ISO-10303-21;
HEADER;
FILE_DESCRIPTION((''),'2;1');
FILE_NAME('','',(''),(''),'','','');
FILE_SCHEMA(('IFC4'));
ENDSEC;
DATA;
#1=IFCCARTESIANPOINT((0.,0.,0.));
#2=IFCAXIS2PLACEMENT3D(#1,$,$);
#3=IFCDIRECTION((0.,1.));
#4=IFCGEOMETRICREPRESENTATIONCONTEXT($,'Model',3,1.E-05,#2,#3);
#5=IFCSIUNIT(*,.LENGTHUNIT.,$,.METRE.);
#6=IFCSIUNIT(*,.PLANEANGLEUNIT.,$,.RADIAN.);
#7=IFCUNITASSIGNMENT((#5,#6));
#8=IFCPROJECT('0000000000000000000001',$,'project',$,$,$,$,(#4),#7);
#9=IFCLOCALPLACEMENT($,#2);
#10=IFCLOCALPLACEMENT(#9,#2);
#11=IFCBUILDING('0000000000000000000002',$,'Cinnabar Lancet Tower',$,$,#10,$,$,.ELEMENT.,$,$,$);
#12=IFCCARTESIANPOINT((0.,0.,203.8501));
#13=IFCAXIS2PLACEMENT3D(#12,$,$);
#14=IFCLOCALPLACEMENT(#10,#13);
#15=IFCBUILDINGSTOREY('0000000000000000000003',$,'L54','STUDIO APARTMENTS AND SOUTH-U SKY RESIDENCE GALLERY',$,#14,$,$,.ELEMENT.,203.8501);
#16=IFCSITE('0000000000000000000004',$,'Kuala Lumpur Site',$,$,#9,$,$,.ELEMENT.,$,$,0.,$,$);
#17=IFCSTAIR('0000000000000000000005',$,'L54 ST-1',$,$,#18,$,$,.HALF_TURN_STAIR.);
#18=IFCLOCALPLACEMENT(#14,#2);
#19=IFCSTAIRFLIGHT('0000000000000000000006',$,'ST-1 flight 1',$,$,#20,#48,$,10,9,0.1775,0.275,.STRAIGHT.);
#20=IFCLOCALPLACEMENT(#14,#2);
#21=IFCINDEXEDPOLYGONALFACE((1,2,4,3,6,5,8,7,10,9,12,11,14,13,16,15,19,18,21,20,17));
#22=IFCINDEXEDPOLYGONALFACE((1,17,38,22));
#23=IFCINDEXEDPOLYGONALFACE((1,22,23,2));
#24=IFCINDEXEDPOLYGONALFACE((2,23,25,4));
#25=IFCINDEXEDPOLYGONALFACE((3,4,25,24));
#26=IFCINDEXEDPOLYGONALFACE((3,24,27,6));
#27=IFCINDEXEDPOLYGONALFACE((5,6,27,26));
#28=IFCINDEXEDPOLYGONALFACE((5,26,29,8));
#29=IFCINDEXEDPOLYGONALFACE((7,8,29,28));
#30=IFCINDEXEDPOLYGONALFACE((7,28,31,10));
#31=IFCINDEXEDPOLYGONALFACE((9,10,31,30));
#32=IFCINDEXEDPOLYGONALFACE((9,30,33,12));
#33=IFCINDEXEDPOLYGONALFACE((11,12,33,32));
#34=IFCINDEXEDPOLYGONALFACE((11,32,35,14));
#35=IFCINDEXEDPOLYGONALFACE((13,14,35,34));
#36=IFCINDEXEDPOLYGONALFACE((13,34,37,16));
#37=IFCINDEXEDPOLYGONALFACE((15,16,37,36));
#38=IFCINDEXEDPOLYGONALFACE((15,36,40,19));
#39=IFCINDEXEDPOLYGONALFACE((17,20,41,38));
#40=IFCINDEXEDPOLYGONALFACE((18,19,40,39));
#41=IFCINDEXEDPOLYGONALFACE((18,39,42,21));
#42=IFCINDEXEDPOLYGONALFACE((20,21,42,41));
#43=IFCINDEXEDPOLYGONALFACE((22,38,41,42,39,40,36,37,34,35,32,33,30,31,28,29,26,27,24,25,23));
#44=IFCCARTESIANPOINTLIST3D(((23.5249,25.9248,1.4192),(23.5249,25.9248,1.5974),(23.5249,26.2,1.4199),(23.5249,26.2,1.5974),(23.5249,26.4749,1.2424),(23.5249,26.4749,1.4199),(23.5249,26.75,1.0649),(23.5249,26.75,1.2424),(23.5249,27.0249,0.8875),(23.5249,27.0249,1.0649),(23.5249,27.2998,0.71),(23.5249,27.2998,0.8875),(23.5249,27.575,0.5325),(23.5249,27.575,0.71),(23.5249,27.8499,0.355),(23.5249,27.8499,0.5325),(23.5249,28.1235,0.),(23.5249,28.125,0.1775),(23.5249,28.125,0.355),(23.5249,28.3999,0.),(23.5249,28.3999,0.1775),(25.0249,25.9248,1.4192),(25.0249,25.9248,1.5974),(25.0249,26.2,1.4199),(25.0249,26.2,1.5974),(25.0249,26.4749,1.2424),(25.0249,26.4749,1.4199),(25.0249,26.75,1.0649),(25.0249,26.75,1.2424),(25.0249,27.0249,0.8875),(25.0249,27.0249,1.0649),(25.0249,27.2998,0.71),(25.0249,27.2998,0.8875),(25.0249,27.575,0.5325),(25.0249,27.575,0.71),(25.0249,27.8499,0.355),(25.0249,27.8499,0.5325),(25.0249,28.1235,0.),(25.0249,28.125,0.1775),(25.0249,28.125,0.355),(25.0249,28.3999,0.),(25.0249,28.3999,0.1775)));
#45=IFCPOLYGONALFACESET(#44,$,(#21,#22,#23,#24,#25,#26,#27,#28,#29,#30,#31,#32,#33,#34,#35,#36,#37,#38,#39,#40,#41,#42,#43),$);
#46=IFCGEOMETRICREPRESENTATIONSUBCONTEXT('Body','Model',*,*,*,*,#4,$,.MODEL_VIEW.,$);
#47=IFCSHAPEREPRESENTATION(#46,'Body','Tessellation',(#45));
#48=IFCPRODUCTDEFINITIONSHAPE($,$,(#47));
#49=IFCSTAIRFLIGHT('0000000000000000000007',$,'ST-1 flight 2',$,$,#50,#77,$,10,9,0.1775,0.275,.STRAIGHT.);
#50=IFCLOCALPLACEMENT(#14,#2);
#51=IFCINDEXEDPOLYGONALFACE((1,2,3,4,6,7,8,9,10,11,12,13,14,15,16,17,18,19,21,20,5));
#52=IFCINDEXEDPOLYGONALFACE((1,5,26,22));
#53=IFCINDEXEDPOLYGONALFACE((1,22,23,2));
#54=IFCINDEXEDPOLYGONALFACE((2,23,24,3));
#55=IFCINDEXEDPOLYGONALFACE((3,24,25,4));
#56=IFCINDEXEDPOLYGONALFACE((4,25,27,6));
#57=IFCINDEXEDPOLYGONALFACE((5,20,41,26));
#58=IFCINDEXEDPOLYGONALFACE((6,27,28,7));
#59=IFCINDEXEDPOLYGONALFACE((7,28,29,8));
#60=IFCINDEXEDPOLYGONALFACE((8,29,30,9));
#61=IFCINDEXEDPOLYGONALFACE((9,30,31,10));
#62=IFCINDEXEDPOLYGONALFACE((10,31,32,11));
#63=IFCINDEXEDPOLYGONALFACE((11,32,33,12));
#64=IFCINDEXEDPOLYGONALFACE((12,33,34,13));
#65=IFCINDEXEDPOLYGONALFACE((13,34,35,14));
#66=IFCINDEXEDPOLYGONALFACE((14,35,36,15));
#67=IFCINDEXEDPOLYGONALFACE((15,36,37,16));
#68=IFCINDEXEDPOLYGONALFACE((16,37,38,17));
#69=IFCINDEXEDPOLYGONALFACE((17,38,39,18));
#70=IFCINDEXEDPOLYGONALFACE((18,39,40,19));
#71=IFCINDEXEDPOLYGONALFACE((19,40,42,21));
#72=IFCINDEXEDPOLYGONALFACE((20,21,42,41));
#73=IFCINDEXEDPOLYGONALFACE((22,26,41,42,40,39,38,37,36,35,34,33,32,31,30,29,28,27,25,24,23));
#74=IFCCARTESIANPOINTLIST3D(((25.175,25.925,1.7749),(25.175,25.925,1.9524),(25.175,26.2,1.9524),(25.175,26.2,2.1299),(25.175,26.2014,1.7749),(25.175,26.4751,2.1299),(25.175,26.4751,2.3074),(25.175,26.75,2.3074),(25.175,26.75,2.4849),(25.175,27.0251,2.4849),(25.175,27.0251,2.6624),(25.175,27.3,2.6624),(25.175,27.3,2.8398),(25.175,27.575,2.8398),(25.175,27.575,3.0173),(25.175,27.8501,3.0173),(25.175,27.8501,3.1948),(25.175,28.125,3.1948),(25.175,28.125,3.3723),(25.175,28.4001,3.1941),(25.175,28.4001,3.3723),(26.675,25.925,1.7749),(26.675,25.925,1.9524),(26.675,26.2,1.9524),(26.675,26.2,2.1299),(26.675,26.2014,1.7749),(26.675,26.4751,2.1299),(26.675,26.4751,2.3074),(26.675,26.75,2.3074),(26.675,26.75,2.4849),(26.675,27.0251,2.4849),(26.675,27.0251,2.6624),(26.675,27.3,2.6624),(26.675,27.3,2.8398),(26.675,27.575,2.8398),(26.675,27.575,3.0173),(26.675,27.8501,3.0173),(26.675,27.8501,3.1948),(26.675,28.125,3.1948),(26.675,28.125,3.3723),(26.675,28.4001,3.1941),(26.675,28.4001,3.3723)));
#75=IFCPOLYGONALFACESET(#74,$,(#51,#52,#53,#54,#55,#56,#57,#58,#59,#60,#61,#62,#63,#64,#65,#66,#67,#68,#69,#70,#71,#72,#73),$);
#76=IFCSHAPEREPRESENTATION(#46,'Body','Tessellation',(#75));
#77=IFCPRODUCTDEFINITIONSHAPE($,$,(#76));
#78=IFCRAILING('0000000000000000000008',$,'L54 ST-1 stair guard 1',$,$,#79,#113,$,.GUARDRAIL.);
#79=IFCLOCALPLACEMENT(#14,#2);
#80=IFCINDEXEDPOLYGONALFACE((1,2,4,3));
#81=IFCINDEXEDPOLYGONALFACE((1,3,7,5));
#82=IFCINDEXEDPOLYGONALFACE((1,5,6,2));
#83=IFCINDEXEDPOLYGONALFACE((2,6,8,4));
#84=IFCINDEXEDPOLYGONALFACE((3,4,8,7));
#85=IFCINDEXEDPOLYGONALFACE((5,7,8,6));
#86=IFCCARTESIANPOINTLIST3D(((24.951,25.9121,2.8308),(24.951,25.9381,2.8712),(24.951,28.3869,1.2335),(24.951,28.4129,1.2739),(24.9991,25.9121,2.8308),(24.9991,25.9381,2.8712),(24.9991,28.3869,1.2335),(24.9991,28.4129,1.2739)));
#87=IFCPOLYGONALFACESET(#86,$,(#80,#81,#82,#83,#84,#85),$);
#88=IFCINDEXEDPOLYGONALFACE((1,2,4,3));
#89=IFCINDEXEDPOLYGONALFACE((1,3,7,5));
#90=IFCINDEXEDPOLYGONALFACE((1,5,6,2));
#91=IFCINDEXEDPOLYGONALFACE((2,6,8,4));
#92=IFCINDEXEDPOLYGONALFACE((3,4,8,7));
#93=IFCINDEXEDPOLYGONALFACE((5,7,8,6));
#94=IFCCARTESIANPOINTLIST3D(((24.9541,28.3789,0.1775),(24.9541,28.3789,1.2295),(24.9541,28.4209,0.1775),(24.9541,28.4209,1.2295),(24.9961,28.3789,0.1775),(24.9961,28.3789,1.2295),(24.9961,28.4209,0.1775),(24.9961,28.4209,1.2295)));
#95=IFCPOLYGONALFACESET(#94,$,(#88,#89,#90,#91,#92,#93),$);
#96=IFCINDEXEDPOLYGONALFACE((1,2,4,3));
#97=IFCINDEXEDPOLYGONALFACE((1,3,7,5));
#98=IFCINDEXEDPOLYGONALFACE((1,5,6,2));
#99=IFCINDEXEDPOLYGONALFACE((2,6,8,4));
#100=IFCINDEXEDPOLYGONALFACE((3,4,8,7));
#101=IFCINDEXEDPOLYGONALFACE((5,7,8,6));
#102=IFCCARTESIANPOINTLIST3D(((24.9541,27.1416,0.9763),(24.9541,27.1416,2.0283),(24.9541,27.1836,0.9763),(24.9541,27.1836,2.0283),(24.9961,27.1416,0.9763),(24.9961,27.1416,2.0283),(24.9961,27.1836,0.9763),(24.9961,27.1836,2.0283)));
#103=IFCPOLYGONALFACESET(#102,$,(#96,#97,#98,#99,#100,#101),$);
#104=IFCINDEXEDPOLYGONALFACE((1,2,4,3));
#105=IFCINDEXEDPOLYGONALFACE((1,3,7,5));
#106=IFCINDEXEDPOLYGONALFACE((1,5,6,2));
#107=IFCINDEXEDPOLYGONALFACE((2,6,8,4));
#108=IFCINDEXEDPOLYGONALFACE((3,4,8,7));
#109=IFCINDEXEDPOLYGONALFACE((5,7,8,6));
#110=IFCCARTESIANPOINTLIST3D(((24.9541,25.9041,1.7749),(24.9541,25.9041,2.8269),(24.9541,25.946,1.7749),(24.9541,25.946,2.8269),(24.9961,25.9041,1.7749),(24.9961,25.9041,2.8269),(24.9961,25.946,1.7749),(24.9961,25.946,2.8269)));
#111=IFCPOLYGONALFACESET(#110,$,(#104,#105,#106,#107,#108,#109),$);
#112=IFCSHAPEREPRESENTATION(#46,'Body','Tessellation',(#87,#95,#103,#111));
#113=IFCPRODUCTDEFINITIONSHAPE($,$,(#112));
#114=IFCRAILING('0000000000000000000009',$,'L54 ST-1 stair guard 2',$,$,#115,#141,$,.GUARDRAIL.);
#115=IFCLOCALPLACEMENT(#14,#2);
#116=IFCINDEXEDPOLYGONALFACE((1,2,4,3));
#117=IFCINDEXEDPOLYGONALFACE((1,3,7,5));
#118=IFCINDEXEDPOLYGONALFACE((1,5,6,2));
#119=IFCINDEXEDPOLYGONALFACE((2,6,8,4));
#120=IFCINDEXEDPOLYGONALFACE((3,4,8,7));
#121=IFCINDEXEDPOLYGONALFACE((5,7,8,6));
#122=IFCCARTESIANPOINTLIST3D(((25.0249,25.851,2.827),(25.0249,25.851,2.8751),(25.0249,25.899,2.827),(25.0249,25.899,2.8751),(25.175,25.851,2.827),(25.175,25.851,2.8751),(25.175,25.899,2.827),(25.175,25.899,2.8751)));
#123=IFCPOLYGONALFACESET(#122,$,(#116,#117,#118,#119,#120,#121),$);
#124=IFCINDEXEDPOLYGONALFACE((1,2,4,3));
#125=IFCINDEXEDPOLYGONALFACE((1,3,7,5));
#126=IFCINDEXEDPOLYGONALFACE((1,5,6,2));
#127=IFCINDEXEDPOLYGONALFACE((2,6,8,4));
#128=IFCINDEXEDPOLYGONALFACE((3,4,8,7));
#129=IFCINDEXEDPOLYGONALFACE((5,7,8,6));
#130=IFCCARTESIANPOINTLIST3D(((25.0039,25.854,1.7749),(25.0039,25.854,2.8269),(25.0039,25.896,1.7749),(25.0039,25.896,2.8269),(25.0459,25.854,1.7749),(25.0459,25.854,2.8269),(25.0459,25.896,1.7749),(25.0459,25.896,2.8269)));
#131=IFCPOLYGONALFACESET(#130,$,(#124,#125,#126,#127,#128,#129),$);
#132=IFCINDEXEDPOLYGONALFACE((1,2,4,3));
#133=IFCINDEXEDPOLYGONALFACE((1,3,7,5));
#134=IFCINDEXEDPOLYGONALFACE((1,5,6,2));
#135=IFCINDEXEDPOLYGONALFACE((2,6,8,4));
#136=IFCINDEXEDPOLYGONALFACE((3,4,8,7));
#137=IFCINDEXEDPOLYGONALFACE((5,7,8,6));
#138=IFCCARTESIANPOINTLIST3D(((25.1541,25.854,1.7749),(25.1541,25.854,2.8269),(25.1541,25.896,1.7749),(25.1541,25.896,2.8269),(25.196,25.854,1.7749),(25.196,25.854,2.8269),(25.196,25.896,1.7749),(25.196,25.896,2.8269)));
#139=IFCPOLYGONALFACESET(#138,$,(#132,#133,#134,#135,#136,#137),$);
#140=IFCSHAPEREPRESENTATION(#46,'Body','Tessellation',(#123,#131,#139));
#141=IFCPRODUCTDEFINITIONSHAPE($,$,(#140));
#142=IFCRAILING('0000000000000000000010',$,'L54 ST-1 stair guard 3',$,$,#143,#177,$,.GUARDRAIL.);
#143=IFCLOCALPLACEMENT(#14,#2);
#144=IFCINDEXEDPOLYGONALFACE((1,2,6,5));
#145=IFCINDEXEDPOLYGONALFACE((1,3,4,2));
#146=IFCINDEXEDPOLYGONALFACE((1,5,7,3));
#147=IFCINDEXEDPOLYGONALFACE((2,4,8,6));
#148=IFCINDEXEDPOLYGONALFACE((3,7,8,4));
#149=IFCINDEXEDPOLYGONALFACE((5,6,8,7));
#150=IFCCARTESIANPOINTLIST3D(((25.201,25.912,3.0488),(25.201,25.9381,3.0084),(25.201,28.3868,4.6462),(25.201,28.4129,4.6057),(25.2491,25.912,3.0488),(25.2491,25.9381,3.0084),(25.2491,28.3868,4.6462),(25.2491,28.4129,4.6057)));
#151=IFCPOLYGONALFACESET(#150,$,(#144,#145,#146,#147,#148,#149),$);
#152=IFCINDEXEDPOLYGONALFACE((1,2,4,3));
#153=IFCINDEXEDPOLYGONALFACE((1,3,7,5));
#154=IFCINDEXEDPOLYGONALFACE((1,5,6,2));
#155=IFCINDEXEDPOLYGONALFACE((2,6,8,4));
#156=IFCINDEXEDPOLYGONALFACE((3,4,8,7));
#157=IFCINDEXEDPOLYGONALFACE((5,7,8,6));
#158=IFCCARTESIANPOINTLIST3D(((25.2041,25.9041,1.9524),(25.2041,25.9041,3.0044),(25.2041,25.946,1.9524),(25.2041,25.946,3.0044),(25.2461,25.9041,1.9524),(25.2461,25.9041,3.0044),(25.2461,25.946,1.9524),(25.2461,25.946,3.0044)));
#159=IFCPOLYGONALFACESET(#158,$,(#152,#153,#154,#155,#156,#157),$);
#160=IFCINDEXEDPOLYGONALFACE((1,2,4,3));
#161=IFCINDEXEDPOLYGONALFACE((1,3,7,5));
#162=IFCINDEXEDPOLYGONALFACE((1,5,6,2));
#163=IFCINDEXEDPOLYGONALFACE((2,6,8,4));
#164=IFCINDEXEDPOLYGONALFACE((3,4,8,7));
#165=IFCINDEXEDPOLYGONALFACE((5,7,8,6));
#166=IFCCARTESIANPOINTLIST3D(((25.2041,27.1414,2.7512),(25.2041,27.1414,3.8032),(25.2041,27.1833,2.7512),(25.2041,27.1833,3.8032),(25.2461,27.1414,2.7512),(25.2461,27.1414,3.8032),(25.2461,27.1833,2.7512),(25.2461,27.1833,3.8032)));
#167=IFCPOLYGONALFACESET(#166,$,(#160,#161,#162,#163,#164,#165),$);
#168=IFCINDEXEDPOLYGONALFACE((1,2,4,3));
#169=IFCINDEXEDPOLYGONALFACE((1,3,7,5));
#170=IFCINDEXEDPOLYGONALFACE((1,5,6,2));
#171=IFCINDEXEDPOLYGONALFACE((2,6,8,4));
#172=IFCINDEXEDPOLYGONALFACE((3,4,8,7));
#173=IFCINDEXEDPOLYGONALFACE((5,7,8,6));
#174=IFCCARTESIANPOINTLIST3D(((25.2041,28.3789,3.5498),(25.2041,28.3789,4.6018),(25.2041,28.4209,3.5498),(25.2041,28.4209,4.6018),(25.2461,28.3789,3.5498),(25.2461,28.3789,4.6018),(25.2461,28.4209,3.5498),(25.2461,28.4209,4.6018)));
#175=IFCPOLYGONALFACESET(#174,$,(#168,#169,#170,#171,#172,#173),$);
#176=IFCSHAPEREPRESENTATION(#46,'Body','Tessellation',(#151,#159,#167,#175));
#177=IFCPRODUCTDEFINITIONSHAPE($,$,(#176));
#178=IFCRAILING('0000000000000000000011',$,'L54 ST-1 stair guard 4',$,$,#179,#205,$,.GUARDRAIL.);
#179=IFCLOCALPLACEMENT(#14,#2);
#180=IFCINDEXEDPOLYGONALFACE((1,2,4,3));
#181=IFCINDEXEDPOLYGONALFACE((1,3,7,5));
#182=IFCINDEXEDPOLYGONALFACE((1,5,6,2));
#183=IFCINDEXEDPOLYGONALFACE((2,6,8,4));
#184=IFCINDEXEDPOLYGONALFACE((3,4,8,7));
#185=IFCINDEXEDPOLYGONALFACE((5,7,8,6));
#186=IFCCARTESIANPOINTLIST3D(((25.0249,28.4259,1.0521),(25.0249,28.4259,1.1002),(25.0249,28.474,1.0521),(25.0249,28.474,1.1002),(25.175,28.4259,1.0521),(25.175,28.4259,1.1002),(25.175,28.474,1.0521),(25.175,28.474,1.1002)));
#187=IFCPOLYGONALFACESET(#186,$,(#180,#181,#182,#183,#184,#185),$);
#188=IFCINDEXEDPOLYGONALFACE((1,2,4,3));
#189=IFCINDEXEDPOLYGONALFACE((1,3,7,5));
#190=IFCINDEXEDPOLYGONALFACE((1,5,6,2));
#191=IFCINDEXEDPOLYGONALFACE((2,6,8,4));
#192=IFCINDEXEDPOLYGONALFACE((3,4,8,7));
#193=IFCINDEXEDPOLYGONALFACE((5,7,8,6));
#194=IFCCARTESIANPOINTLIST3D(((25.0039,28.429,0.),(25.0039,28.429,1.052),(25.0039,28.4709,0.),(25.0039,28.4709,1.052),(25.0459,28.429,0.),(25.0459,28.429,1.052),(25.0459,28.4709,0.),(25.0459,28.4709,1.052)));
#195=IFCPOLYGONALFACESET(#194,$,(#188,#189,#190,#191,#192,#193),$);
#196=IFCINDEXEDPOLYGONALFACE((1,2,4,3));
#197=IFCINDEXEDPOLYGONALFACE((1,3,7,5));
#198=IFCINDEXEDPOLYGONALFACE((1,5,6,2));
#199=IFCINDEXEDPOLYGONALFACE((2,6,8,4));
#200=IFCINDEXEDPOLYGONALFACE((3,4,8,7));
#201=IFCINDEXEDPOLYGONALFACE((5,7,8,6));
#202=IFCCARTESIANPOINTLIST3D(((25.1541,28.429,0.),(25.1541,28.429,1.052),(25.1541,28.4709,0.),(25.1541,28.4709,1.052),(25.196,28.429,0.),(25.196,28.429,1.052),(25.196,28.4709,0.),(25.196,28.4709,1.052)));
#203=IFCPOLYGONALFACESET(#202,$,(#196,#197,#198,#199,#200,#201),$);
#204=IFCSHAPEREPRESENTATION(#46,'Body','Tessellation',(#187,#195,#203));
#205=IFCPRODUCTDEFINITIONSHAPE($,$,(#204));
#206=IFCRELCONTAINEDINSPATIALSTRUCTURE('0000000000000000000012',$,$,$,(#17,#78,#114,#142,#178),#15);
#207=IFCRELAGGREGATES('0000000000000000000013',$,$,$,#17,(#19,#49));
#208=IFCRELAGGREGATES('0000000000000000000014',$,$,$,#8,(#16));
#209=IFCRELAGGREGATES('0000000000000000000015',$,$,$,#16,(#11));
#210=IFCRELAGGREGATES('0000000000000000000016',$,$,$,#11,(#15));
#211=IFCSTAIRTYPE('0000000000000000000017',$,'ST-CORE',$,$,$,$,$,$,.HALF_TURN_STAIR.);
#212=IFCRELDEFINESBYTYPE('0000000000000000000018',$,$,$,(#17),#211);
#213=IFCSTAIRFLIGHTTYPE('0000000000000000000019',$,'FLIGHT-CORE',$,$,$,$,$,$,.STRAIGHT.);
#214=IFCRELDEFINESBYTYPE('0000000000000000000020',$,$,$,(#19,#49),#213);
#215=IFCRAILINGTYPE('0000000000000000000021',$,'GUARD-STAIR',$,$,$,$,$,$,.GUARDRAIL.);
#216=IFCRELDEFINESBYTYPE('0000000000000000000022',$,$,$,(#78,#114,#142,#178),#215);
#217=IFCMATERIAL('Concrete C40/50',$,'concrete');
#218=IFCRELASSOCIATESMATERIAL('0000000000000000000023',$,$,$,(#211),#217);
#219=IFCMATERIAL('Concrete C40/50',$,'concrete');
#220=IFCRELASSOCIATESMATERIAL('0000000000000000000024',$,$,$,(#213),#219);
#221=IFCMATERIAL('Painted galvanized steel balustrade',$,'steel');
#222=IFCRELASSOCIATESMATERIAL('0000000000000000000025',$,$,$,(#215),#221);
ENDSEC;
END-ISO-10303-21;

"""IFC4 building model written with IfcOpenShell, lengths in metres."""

from ifc_helpers import new_model, si_unit, direction, frame, origin, origin_2d, place, context, subcontext, project, spatial, polyline, rectangle, outline, extrude, material, type_object, element, aggregate, save


model = new_model("IFC4")

# Units and contexts
model_context = context("Model", 3, precision=1e-05, world=origin(), true_north=direction((0.0, 1.0)))
body_context = subcontext(model_context, "Body", "Model", "MODEL_VIEW")
ifc_project = project(units=[si_unit("LENGTHUNIT", "METRE"), si_unit("PLANEANGLEUNIT", "RADIAN")], contexts=[model_context])

# Site, building, storey
site_placement = place(None, origin())
site = spatial("IfcSite", under=ifc_project, at=site_placement, Name="Kuala Lumpur Site", CompositionType="ELEMENT", RefElevation=0.0)
building_placement = place(site_placement, origin())
building = spatial("IfcBuilding", under=site, at=building_placement, Name="Cinnabar Lancet Tower", CompositionType="ELEMENT")
storey_placement = place(building_placement, frame((0.0, 0.0, 203.8501)))
storey = spatial("IfcBuildingStorey", under=building, at=storey_placement, Name="L54", Description="STUDIO APARTMENTS AND SOUTH-U SKY RESIDENCE GALLERY", CompositionType="ELEMENT", Elevation=203.8501)

# Stair, stair flights
ifc_material_1 = material(Name="Concrete C40/50", Category="concrete")
stair_type = type_object("IfcStairType", Name="ST-CORE", PredefinedType="HALF_TURN_STAIR", material=ifc_material_1)
stair_placement = place(storey_placement, origin())
stair = element("IfcStair", 1, at=stair_placement, inside=storey, type_object=stair_type, Name="L54 ST-1", PredefinedType="HALF_TURN_STAIR")
ifc_material_2 = material(Name="Concrete C40/50", Category="concrete")
stair_flight_type = type_object("IfcStairFlightType", Name="FLIGHT-CORE", PredefinedType="STRAIGHT", material=ifc_material_2)
stair_flight_1_placement = place(storey_placement, frame((24.2749, 28.3999, 0.0), z_axis=(0.0, 0.0, 1.0), x_axis=(0.0, -1.0, 0.0)))
stair_flight_1 = element("IfcStairFlight", 2, at=stair_flight_1_placement, type_object=stair_flight_type, Name="ST-1 flight 1", NumberOfRisers=10, NumberOfTreads=9, PredefinedType="STRAIGHT", RiserHeight=0.1775, TreadLength=0.275, context=body_context, shape_type="SweptSolid", body=[
    extrude(outline(polyline([(0.0, 0.0), (0.0, 0.1775), (0.2749, 0.1775), (0.2749, 0.355), (0.55, 0.355), (0.55, 0.5325), (0.825, 0.5325), (0.825, 0.71), (1.1001, 0.71), (1.1001, 0.8875), (1.375, 0.8875), (1.375, 1.0649), (1.6499, 1.0649), (1.6499, 1.2424), (1.925, 1.2424), (1.925, 1.4199), (2.2, 1.4199), (2.2, 1.5974), (2.4751, 1.5974), (2.4751, 1.7749), (2.4751, 1.4192), (0.2764, 0.0), (0.0, 0.0)])), frame((0.0, 0.75, 0.0), z_axis=(0.0, -1.0, 0.0), x_axis=(1.0, 0.0, 0.0)), (0.0, 0.0, 1.0), 1.5),
])
stair_flight_2_placement = place(storey_placement, frame((25.925, 25.925, 1.7749), z_axis=(0.0, 0.0, 1.0), x_axis=(0.0, 1.0, 0.0)))
stair_flight_2 = element("IfcStairFlight", 3, at=stair_flight_2_placement, type_object=stair_flight_type, Name="ST-1 flight 2", NumberOfRisers=10, NumberOfTreads=9, PredefinedType="STRAIGHT", RiserHeight=0.1775, TreadLength=0.275, context=body_context, shape_type="SweptSolid", body=[
    extrude(outline(polyline([(0.0, 0.0), (0.0, 0.1775), (0.2749, 0.1775), (0.2749, 0.355), (0.55, 0.355), (0.55, 0.5325), (0.825, 0.5325), (0.825, 0.71), (1.1001, 0.71), (1.1001, 0.8875), (1.375, 0.8875), (1.375, 1.0649), (1.6499, 1.0649), (1.6499, 1.2424), (1.925, 1.2424), (1.925, 1.4199), (2.2, 1.4199), (2.2, 1.5974), (2.4751, 1.5974), (2.4751, 1.7749), (2.4751, 1.4192), (0.2764, 0.0), (0.0, 0.0)])), frame((0.0, 0.75, 0.0), z_axis=(0.0, -1.0, 0.0), x_axis=(1.0, 0.0, 0.0)), (0.0, 0.0, 1.0), 1.5),
])
aggregate(stair, [stair_flight_1, stair_flight_2])

# Railings
ifc_material_3 = material(Name="Painted galvanized steel balustrade", Category="steel")
railing_type_1 = type_object("IfcRailingType", Name="GUARD-STAIR", PredefinedType="GUARDRAIL", material=ifc_material_3)
railing_1_placement = place(storey_placement, frame((24.9751, 28.3999, 0.1775)))
element("IfcRailing", 4, at=railing_1_placement, inside=storey, type_object=railing_type_1, Name="L54 ST-1 stair guard 1", PredefinedType="GUARDRAIL", context=body_context, shape_type="SweptSolid", body=[
    extrude(rectangle(XDim=0.0481, YDim=0.0481, at=origin_2d()), frame((0.0, 0.0, 1.0762), z_axis=(0.0, -0.840183, 0.542302), x_axis=(1.0, 0.0, 0.0)), (0.0, 0.0, 1.0), 2.9456),
    extrude(rectangle(XDim=0.042, YDim=0.042, at=origin_2d()), origin(), (0.0, 0.0, 1.0), 1.052),
    extrude(rectangle(XDim=0.042, YDim=0.042, at=origin_2d()), frame((0.0, -1.2373, 0.7988)), (0.0, 0.0, 1.0), 1.052),
    extrude(rectangle(XDim=0.042, YDim=0.042, at=origin_2d()), frame((0.0, -2.4749, 1.5974)), (0.0, 0.0, 1.0), 1.052),
])
railing_2_placement = place(storey_placement, frame((25.0249, 25.875, 1.7749)))
element("IfcRailing", 5, at=railing_2_placement, inside=storey, type_object=railing_type_1, Name="L54 ST-1 stair guard 2", PredefinedType="GUARDRAIL", context=body_context, shape_type="SweptSolid", body=[
    extrude(rectangle(XDim=0.0481, YDim=0.0481, at=origin_2d()), frame((0.0, 0.0, 1.0762), z_axis=(1.0, 0.0, 0.0), x_axis=(0.0, 1.0, 0.0)), (0.0, 0.0, 1.0), 0.1501),
    extrude(rectangle(XDim=0.042, YDim=0.042, at=origin_2d()), origin(), (0.0, 0.0, 1.0), 1.052),
    extrude(rectangle(XDim=0.042, YDim=0.042, at=origin_2d()), frame((0.1501, 0.0, 0.0)), (0.0, 0.0, 1.0), 1.052),
])
railing_3_placement = place(storey_placement, frame((25.2251, 25.925, 1.9524)))
element("IfcRailing", 6, at=railing_3_placement, inside=storey, type_object=railing_type_1, Name="L54 ST-1 stair guard 3", PredefinedType="GUARDRAIL", context=body_context, shape_type="SweptSolid", body=[
    extrude(rectangle(XDim=0.0481, YDim=0.0481, at=origin_2d()), frame((0.0, 0.0, 1.0762), z_axis=(0.0, 0.840183, 0.542302), x_axis=(-1.0, 0.0, 0.0)), (0.0, 0.0, 1.0), 2.9456),
    extrude(rectangle(XDim=0.042, YDim=0.042, at=origin_2d()), origin(), (0.0, 0.0, 1.0), 1.052),
    extrude(rectangle(XDim=0.042, YDim=0.042, at=origin_2d()), frame((0.0, 1.2373, 0.7988)), (0.0, 0.0, 1.0), 1.052),
    extrude(rectangle(XDim=0.042, YDim=0.042, at=origin_2d()), frame((0.0, 2.4749, 1.5974)), (0.0, 0.0, 1.0), 1.052),
])
railing_4_placement = place(storey_placement, frame((25.0249, 28.45, 0.0)))
element("IfcRailing", 7, at=railing_4_placement, inside=storey, type_object=railing_type_1, Name="L54 ST-1 stair guard 4", PredefinedType="GUARDRAIL", context=body_context, shape_type="SweptSolid", body=[
    extrude(rectangle(XDim=0.0481, YDim=0.0481, at=origin_2d()), frame((0.0, 0.0, 1.0762), z_axis=(1.0, 0.0, 0.0), x_axis=(0.0, 1.0, 0.0)), (0.0, 0.0, 1.0), 0.1501),
    extrude(rectangle(XDim=0.042, YDim=0.042, at=origin_2d()), origin(), (0.0, 0.0, 1.0), 1.052),
    extrude(rectangle(XDim=0.042, YDim=0.042, at=origin_2d()), frame((0.1501, 0.0, 0.0)), (0.0, 0.0, 1.0), 1.052),
])

save(model, "model.ifc")
